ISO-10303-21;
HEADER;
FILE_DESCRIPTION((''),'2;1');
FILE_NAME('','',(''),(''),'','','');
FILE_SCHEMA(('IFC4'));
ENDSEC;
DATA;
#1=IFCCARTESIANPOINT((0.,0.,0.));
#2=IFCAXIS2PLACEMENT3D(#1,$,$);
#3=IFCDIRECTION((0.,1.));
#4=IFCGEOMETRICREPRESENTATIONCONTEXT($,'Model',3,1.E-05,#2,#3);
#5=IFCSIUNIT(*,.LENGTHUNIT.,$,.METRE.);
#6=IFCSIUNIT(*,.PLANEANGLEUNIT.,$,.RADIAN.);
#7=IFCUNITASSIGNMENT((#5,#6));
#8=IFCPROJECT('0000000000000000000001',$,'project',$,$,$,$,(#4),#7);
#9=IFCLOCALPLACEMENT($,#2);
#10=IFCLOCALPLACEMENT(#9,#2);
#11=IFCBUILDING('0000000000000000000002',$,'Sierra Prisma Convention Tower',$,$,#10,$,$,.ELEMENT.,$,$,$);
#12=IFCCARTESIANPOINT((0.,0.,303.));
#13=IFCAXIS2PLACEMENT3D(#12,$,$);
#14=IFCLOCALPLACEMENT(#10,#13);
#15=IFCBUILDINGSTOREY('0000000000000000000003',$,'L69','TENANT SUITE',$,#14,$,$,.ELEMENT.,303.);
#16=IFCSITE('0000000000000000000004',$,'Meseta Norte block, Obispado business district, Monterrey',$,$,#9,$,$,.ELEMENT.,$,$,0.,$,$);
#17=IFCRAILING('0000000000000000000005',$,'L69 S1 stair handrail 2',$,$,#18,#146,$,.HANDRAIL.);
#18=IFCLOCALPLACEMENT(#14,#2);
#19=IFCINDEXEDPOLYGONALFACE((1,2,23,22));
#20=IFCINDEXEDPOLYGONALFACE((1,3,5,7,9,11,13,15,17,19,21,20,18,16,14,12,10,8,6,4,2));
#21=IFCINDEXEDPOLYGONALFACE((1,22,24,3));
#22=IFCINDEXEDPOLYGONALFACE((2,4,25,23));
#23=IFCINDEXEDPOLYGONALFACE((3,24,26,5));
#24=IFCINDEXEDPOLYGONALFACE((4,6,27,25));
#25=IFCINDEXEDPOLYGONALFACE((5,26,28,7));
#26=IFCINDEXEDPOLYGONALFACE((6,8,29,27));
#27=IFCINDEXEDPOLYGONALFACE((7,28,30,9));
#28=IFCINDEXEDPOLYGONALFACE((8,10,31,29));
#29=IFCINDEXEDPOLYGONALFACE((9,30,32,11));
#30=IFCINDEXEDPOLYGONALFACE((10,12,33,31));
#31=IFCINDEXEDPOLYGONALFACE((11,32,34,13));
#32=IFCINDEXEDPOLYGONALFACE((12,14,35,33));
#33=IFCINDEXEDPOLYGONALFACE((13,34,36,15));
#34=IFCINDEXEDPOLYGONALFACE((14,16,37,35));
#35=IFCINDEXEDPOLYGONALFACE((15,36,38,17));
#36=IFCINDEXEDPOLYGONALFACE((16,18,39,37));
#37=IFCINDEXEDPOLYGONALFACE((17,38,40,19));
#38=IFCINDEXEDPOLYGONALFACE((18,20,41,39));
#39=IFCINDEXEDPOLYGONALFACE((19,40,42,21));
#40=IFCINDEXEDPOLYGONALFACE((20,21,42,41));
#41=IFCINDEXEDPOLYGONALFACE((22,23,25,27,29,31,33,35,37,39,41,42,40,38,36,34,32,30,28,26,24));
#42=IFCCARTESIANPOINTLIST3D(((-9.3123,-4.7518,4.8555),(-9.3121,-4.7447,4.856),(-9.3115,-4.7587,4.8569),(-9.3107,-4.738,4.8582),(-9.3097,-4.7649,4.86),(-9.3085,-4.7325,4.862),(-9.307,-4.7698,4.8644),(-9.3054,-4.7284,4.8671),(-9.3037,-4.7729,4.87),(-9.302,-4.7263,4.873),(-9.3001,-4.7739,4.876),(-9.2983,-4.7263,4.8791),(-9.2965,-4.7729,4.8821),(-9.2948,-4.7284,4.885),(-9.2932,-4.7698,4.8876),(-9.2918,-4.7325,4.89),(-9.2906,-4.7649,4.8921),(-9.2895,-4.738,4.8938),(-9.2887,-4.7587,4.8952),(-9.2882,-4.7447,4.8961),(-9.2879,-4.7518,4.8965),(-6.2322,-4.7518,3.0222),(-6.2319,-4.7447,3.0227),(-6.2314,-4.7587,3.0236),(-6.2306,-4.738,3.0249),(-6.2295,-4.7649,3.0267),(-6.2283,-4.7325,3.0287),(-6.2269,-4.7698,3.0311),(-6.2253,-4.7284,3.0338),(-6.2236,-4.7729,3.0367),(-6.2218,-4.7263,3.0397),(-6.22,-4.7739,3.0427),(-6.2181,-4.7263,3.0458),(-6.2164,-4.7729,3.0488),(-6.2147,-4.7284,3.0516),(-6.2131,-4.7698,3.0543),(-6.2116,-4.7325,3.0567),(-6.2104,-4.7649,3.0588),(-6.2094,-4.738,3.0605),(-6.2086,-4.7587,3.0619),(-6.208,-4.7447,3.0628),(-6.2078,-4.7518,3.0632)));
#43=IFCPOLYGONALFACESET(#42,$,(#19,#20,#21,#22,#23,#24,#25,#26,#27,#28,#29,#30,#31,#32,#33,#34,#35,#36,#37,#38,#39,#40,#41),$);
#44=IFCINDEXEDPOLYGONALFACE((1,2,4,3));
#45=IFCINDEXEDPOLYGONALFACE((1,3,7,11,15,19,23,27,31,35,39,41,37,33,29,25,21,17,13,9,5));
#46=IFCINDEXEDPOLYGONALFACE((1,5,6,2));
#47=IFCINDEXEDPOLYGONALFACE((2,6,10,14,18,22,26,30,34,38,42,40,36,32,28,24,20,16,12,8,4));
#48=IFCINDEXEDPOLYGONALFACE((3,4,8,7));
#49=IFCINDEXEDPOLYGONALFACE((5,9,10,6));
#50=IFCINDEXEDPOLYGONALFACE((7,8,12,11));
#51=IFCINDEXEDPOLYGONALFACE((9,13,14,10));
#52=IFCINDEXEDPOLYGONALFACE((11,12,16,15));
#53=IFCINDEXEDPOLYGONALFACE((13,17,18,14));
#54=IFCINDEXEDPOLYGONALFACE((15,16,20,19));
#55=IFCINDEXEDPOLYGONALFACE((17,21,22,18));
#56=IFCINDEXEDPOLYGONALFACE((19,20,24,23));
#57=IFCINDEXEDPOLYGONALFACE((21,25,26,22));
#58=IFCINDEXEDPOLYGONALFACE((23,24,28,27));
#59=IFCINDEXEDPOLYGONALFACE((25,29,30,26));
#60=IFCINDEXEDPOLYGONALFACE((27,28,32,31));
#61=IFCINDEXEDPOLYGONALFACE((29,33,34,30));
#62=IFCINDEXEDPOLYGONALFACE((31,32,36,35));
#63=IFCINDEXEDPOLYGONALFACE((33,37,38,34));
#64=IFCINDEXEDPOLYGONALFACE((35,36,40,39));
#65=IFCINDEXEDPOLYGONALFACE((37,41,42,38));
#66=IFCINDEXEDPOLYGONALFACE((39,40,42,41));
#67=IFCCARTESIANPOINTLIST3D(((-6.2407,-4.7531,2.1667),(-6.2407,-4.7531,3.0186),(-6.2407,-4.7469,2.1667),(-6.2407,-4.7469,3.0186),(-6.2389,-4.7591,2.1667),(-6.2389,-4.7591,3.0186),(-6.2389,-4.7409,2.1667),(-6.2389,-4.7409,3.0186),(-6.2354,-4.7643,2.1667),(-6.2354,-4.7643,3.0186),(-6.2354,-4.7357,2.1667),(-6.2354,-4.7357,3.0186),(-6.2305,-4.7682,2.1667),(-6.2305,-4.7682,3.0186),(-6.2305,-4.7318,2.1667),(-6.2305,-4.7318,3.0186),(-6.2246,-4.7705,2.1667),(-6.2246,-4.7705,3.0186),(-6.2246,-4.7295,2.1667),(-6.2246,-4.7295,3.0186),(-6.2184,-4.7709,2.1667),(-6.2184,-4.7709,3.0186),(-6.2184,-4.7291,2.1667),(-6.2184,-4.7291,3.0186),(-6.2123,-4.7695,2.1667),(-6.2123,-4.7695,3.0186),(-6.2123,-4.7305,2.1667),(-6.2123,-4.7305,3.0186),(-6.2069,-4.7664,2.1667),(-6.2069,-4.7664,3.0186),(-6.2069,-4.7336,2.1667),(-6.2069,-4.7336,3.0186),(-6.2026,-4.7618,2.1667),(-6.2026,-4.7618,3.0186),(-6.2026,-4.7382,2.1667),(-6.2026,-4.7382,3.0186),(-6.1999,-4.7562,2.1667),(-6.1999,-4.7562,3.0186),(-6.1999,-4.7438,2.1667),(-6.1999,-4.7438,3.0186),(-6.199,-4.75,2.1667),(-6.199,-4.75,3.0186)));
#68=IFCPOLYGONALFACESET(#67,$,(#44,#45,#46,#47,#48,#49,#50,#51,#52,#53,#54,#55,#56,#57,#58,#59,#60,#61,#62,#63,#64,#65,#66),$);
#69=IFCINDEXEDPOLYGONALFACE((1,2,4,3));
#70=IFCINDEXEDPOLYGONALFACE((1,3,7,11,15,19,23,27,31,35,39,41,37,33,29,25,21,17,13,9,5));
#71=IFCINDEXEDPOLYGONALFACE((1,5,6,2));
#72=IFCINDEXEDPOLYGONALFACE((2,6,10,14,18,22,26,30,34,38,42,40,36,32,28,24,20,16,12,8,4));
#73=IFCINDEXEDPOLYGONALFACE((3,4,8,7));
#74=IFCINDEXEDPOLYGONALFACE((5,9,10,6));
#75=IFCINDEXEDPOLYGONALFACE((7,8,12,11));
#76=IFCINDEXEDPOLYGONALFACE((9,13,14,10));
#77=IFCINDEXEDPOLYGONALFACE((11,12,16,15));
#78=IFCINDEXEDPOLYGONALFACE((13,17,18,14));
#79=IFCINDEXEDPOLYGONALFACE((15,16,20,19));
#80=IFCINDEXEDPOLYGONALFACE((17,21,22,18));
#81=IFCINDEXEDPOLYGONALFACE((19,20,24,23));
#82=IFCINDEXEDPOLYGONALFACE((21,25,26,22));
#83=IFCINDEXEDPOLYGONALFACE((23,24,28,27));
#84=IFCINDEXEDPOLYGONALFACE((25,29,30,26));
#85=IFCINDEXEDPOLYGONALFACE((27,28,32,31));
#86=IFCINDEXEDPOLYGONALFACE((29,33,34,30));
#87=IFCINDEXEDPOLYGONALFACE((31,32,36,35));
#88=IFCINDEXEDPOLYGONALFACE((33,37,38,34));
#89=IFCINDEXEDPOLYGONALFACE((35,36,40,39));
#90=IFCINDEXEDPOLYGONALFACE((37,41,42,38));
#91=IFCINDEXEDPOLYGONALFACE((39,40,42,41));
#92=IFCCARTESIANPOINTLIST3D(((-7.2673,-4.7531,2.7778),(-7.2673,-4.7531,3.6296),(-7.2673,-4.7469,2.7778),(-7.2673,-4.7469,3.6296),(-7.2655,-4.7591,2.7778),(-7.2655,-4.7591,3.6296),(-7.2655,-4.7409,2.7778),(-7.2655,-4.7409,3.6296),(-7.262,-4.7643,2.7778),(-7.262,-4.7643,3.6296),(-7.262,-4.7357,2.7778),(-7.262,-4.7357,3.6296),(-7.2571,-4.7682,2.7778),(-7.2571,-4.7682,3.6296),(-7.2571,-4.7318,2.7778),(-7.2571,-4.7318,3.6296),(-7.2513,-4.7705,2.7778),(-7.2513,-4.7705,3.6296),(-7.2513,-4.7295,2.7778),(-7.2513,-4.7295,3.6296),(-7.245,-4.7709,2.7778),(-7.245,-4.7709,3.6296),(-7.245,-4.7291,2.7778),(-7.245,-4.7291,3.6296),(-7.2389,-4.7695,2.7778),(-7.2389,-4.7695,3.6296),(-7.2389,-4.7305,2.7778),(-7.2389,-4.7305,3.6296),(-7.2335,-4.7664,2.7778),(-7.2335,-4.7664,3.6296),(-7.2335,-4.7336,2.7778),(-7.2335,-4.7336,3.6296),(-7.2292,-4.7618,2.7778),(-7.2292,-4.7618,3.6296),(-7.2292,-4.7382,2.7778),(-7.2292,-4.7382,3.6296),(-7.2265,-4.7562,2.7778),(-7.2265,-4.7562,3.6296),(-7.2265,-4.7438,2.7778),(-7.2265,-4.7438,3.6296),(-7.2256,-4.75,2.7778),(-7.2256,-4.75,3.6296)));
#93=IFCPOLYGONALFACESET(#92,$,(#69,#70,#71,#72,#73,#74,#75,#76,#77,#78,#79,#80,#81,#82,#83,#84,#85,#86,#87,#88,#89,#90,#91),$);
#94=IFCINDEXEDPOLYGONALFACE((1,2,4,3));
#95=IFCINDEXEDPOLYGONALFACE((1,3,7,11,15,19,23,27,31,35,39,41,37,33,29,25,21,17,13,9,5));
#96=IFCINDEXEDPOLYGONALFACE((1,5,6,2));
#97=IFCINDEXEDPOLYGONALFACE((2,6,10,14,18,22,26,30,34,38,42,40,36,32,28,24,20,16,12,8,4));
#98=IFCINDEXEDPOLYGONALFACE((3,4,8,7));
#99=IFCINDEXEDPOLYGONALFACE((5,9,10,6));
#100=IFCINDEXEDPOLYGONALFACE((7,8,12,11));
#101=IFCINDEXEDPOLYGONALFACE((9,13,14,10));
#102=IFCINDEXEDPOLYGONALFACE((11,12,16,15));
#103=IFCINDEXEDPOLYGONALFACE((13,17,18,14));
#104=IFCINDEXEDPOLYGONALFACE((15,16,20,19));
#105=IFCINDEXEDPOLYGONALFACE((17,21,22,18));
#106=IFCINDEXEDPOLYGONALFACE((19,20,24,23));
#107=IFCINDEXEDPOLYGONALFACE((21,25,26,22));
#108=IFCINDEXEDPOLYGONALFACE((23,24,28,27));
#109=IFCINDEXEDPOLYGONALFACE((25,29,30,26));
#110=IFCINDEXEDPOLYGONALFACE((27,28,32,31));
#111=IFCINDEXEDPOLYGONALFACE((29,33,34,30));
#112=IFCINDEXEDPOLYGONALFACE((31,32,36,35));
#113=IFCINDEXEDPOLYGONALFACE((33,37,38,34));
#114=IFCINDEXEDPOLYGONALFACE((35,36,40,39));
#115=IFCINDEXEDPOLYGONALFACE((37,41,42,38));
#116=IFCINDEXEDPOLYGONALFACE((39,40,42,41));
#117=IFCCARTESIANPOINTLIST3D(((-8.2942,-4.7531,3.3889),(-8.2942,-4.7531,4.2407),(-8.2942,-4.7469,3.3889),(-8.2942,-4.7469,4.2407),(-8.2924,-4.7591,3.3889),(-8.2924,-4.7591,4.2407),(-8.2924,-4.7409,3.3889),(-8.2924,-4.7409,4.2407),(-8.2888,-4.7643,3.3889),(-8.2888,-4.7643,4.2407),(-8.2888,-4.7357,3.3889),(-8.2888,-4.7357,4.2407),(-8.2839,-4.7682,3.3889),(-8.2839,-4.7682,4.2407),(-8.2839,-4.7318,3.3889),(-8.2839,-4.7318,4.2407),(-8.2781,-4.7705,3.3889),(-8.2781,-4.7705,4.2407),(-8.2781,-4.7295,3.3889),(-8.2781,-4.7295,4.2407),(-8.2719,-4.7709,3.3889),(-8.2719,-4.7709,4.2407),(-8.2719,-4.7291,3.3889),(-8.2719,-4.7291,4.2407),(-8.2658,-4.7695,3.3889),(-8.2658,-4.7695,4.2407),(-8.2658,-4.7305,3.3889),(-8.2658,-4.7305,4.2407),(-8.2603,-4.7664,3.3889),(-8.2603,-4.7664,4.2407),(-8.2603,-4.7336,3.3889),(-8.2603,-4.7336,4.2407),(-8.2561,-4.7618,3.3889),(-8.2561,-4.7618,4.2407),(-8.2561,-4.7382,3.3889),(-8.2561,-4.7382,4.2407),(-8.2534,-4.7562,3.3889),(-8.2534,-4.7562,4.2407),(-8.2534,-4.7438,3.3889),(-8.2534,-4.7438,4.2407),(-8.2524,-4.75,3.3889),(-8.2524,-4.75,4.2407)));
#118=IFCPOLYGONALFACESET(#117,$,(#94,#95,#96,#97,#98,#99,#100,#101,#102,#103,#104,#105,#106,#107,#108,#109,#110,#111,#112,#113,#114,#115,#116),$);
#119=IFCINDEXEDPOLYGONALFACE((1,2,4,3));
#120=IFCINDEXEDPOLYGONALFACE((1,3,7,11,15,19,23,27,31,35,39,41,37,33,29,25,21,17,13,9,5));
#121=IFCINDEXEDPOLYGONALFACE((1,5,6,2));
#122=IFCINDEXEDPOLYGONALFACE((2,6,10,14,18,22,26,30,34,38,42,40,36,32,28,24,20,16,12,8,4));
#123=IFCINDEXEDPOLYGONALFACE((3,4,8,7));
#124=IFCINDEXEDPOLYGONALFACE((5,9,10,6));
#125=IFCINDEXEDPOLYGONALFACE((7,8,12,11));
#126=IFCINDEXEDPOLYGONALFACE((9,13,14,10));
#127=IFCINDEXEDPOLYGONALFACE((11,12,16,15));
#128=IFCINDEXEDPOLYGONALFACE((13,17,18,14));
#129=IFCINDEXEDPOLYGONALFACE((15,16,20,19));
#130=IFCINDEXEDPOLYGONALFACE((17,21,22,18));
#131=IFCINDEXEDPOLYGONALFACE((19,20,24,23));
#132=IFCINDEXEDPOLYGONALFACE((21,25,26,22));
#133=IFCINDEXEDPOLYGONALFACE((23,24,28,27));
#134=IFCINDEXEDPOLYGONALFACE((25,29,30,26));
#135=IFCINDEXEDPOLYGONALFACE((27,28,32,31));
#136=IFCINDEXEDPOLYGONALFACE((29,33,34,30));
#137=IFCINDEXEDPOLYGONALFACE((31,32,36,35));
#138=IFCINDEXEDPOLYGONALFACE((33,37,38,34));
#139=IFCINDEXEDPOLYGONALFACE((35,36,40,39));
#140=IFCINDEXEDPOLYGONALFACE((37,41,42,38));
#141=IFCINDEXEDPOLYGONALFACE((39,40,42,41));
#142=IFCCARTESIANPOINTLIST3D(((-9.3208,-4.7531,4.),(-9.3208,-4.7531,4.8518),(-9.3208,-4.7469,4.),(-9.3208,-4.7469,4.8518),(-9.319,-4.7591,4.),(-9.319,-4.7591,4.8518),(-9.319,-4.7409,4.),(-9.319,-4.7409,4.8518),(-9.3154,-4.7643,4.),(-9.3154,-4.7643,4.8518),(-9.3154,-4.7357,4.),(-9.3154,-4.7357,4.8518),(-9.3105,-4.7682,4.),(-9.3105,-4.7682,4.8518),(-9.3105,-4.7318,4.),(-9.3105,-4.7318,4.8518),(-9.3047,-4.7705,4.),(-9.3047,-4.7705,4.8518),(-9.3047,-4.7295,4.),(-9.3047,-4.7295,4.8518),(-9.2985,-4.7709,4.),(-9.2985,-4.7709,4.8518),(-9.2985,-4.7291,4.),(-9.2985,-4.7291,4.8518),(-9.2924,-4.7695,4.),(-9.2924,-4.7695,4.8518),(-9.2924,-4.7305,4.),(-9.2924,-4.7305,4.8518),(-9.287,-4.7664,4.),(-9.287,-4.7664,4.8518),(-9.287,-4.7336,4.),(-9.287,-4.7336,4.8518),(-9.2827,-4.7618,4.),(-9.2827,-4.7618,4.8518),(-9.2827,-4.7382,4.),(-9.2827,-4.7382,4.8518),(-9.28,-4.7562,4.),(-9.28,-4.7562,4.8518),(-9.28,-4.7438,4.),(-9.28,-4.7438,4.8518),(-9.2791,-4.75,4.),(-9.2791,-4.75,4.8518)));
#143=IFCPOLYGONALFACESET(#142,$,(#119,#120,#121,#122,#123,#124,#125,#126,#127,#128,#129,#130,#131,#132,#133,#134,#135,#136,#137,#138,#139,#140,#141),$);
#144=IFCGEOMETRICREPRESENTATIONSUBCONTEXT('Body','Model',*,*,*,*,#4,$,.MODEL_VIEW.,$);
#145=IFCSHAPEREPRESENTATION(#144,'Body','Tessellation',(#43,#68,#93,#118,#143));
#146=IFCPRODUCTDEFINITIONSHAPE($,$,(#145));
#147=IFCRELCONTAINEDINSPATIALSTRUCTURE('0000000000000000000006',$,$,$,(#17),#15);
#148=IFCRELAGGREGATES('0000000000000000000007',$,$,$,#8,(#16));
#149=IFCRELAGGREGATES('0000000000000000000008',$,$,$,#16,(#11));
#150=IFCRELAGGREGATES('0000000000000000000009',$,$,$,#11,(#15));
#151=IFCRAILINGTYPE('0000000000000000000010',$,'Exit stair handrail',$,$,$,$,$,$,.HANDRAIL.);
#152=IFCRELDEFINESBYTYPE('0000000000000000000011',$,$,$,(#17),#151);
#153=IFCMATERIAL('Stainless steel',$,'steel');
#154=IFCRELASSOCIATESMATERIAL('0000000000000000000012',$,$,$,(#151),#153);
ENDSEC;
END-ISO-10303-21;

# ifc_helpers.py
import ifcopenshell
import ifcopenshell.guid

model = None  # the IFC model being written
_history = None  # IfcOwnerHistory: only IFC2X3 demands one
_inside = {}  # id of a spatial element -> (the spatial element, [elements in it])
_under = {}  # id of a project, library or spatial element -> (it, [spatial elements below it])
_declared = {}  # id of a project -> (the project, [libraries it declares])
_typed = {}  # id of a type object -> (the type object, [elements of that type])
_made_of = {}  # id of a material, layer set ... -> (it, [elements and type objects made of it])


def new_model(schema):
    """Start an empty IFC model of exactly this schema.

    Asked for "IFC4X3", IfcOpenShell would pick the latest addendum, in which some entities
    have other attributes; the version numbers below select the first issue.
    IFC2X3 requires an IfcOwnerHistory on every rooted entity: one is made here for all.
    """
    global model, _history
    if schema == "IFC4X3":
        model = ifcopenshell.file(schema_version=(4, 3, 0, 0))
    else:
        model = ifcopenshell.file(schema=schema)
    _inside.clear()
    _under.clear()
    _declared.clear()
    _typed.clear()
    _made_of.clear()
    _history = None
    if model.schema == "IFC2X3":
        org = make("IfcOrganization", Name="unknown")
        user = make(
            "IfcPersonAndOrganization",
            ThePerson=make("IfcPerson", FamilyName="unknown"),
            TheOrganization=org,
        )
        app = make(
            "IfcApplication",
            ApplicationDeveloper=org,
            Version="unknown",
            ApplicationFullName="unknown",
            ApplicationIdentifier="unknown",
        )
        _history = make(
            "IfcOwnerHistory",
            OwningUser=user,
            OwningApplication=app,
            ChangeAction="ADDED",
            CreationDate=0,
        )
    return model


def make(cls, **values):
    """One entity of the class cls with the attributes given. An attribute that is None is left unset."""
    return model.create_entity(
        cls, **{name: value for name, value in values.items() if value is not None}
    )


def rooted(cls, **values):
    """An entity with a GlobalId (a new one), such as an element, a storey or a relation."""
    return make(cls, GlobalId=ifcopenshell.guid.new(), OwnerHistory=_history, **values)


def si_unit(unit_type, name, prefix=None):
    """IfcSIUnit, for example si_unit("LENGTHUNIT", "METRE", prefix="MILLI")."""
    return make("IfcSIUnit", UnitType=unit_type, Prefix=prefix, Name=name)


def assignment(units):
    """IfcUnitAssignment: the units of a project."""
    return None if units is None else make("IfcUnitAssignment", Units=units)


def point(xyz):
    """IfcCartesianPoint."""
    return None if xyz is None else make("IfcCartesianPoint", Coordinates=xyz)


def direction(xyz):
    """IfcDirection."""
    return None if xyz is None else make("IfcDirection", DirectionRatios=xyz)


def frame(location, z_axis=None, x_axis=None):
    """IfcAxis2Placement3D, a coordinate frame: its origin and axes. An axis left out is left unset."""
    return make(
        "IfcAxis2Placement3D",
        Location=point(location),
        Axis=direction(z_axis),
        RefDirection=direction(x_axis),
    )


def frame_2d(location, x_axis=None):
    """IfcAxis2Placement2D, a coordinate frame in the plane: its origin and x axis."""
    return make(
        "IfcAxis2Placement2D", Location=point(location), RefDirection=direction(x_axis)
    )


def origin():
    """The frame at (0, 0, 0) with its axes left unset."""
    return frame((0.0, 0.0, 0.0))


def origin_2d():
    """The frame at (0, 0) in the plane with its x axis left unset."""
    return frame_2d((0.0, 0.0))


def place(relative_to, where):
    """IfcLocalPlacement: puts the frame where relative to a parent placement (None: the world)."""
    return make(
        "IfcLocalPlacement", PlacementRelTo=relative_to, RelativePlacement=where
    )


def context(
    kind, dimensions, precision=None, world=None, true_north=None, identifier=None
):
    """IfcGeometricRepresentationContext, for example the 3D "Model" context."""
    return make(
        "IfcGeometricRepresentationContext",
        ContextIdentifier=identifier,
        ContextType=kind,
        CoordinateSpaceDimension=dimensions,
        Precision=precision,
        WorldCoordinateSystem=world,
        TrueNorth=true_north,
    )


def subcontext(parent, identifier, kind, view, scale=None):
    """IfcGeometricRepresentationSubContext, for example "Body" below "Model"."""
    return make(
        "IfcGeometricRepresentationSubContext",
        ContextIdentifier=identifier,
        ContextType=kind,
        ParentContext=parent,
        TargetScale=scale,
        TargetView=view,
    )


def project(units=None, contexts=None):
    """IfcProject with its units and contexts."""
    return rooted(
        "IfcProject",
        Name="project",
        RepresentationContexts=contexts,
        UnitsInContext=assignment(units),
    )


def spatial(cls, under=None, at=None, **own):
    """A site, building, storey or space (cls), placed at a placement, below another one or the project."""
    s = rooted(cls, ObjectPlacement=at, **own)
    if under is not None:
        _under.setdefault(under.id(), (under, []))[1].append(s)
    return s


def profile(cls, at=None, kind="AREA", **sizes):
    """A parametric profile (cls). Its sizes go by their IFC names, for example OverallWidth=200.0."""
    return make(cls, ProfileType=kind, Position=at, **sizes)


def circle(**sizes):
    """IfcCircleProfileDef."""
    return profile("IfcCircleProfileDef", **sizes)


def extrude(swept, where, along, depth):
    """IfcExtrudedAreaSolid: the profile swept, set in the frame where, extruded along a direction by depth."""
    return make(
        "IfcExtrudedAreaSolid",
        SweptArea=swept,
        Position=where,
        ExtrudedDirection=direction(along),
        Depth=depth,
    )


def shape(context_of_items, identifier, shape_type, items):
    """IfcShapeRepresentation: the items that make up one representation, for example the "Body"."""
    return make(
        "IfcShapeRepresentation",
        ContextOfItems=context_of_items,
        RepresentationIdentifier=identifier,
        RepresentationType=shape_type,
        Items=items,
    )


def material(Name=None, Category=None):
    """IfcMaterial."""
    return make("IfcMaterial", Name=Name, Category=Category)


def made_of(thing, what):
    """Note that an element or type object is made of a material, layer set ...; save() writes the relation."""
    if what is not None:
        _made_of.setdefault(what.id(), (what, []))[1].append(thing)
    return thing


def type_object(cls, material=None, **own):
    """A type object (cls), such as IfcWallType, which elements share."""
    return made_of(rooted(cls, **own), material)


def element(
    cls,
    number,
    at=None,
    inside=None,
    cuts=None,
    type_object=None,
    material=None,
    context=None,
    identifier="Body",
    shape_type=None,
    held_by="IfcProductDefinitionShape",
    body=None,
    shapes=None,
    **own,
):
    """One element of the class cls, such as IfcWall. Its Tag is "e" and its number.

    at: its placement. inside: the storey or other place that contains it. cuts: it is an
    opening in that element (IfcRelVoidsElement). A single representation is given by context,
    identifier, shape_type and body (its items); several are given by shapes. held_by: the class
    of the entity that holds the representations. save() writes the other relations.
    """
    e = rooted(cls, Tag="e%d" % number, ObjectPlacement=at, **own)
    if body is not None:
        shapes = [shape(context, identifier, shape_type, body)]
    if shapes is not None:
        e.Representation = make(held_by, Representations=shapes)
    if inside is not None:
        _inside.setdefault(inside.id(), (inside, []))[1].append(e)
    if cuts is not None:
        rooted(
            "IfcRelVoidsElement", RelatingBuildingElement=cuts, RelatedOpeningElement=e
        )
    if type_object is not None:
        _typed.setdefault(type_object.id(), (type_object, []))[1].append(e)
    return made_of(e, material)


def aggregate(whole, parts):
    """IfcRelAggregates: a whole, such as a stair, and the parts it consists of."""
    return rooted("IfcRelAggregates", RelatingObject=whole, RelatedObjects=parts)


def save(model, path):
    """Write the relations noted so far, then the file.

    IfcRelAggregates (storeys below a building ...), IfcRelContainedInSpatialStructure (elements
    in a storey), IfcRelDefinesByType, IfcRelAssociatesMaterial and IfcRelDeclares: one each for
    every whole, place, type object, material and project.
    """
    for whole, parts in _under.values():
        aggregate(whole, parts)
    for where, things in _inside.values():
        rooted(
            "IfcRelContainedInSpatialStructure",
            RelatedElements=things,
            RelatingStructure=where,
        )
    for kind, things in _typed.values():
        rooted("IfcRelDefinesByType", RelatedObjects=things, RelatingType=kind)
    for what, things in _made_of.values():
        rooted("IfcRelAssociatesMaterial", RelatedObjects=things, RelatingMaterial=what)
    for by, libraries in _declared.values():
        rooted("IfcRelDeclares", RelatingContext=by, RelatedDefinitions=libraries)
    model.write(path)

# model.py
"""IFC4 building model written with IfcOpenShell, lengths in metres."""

from ifc_helpers import new_model, si_unit, direction, frame, origin, origin_2d, place, context, subcontext, project, spatial, circle, extrude, material, type_object, element, save


model = new_model("IFC4")

# Units and contexts
model_context = context("Model", 3, precision=1e-05, world=origin(), true_north=direction((0.0, 1.0)))
body_context = subcontext(model_context, "Body", "Model", "MODEL_VIEW")
ifc_project = project(units=[si_unit("LENGTHUNIT", "METRE"), si_unit("PLANEANGLEUNIT", "RADIAN")], contexts=[model_context])

# Site, building, storey
site_placement = place(None, origin())
site = spatial("IfcSite", under=ifc_project, at=site_placement, Name="Meseta Norte block, Obispado business district, Monterrey", CompositionType="ELEMENT", RefElevation=0.0)
building_placement = place(site_placement, origin())
building = spatial("IfcBuilding", under=site, at=building_placement, Name="Sierra Prisma Convention Tower", CompositionType="ELEMENT")
storey_placement = place(building_placement, frame((0.0, 0.0, 303.0)))
storey = spatial("IfcBuildingStorey", under=building, at=storey_placement, Name="L69", Description="TENANT SUITE", CompositionType="ELEMENT", Elevation=303.0)

# Railing
ifc_material_1 = material(Name="Stainless steel", Category="steel")
railing_type_1 = type_object("IfcRailingType", Name="Exit stair handrail", PredefinedType="HANDRAIL", material=ifc_material_1)
railing_1_placement = place(storey_placement, frame((-6.22, -4.75, 2.1667)))
element("IfcRailing", 1, at=railing_1_placement, inside=storey, type_object=railing_type_1, Name="L69 S1 stair handrail 2", PredefinedType="HANDRAIL", context=body_context, shape_type="SweptSolid", body=[
    extrude(circle(Radius=0.0239, at=origin_2d()), frame((0.0, 0.0, 0.876), z_axis=(-0.859309, 0.0, 0.511458), x_axis=(0.0, -1.0, 0.0)), (0.0, 0.0, 1.0), 3.5845),
    extrude(circle(Radius=0.021, at=origin_2d()), origin(), (0.0, 0.0, 1.0), 0.8518),
    extrude(circle(Radius=0.021, at=origin_2d()), frame((-1.0266, 0.0, 0.6111)), (0.0, 0.0, 1.0), 0.8518),
    extrude(circle(Radius=0.021, at=origin_2d()), frame((-2.0535, 0.0, 1.2222)), (0.0, 0.0, 1.0), 0.8518),
    extrude(circle(Radius=0.021, at=origin_2d()), frame((-3.0801, 0.0, 1.8333)), (0.0, 0.0, 1.0), 0.8518),
])

save(model, "model.ifc")
